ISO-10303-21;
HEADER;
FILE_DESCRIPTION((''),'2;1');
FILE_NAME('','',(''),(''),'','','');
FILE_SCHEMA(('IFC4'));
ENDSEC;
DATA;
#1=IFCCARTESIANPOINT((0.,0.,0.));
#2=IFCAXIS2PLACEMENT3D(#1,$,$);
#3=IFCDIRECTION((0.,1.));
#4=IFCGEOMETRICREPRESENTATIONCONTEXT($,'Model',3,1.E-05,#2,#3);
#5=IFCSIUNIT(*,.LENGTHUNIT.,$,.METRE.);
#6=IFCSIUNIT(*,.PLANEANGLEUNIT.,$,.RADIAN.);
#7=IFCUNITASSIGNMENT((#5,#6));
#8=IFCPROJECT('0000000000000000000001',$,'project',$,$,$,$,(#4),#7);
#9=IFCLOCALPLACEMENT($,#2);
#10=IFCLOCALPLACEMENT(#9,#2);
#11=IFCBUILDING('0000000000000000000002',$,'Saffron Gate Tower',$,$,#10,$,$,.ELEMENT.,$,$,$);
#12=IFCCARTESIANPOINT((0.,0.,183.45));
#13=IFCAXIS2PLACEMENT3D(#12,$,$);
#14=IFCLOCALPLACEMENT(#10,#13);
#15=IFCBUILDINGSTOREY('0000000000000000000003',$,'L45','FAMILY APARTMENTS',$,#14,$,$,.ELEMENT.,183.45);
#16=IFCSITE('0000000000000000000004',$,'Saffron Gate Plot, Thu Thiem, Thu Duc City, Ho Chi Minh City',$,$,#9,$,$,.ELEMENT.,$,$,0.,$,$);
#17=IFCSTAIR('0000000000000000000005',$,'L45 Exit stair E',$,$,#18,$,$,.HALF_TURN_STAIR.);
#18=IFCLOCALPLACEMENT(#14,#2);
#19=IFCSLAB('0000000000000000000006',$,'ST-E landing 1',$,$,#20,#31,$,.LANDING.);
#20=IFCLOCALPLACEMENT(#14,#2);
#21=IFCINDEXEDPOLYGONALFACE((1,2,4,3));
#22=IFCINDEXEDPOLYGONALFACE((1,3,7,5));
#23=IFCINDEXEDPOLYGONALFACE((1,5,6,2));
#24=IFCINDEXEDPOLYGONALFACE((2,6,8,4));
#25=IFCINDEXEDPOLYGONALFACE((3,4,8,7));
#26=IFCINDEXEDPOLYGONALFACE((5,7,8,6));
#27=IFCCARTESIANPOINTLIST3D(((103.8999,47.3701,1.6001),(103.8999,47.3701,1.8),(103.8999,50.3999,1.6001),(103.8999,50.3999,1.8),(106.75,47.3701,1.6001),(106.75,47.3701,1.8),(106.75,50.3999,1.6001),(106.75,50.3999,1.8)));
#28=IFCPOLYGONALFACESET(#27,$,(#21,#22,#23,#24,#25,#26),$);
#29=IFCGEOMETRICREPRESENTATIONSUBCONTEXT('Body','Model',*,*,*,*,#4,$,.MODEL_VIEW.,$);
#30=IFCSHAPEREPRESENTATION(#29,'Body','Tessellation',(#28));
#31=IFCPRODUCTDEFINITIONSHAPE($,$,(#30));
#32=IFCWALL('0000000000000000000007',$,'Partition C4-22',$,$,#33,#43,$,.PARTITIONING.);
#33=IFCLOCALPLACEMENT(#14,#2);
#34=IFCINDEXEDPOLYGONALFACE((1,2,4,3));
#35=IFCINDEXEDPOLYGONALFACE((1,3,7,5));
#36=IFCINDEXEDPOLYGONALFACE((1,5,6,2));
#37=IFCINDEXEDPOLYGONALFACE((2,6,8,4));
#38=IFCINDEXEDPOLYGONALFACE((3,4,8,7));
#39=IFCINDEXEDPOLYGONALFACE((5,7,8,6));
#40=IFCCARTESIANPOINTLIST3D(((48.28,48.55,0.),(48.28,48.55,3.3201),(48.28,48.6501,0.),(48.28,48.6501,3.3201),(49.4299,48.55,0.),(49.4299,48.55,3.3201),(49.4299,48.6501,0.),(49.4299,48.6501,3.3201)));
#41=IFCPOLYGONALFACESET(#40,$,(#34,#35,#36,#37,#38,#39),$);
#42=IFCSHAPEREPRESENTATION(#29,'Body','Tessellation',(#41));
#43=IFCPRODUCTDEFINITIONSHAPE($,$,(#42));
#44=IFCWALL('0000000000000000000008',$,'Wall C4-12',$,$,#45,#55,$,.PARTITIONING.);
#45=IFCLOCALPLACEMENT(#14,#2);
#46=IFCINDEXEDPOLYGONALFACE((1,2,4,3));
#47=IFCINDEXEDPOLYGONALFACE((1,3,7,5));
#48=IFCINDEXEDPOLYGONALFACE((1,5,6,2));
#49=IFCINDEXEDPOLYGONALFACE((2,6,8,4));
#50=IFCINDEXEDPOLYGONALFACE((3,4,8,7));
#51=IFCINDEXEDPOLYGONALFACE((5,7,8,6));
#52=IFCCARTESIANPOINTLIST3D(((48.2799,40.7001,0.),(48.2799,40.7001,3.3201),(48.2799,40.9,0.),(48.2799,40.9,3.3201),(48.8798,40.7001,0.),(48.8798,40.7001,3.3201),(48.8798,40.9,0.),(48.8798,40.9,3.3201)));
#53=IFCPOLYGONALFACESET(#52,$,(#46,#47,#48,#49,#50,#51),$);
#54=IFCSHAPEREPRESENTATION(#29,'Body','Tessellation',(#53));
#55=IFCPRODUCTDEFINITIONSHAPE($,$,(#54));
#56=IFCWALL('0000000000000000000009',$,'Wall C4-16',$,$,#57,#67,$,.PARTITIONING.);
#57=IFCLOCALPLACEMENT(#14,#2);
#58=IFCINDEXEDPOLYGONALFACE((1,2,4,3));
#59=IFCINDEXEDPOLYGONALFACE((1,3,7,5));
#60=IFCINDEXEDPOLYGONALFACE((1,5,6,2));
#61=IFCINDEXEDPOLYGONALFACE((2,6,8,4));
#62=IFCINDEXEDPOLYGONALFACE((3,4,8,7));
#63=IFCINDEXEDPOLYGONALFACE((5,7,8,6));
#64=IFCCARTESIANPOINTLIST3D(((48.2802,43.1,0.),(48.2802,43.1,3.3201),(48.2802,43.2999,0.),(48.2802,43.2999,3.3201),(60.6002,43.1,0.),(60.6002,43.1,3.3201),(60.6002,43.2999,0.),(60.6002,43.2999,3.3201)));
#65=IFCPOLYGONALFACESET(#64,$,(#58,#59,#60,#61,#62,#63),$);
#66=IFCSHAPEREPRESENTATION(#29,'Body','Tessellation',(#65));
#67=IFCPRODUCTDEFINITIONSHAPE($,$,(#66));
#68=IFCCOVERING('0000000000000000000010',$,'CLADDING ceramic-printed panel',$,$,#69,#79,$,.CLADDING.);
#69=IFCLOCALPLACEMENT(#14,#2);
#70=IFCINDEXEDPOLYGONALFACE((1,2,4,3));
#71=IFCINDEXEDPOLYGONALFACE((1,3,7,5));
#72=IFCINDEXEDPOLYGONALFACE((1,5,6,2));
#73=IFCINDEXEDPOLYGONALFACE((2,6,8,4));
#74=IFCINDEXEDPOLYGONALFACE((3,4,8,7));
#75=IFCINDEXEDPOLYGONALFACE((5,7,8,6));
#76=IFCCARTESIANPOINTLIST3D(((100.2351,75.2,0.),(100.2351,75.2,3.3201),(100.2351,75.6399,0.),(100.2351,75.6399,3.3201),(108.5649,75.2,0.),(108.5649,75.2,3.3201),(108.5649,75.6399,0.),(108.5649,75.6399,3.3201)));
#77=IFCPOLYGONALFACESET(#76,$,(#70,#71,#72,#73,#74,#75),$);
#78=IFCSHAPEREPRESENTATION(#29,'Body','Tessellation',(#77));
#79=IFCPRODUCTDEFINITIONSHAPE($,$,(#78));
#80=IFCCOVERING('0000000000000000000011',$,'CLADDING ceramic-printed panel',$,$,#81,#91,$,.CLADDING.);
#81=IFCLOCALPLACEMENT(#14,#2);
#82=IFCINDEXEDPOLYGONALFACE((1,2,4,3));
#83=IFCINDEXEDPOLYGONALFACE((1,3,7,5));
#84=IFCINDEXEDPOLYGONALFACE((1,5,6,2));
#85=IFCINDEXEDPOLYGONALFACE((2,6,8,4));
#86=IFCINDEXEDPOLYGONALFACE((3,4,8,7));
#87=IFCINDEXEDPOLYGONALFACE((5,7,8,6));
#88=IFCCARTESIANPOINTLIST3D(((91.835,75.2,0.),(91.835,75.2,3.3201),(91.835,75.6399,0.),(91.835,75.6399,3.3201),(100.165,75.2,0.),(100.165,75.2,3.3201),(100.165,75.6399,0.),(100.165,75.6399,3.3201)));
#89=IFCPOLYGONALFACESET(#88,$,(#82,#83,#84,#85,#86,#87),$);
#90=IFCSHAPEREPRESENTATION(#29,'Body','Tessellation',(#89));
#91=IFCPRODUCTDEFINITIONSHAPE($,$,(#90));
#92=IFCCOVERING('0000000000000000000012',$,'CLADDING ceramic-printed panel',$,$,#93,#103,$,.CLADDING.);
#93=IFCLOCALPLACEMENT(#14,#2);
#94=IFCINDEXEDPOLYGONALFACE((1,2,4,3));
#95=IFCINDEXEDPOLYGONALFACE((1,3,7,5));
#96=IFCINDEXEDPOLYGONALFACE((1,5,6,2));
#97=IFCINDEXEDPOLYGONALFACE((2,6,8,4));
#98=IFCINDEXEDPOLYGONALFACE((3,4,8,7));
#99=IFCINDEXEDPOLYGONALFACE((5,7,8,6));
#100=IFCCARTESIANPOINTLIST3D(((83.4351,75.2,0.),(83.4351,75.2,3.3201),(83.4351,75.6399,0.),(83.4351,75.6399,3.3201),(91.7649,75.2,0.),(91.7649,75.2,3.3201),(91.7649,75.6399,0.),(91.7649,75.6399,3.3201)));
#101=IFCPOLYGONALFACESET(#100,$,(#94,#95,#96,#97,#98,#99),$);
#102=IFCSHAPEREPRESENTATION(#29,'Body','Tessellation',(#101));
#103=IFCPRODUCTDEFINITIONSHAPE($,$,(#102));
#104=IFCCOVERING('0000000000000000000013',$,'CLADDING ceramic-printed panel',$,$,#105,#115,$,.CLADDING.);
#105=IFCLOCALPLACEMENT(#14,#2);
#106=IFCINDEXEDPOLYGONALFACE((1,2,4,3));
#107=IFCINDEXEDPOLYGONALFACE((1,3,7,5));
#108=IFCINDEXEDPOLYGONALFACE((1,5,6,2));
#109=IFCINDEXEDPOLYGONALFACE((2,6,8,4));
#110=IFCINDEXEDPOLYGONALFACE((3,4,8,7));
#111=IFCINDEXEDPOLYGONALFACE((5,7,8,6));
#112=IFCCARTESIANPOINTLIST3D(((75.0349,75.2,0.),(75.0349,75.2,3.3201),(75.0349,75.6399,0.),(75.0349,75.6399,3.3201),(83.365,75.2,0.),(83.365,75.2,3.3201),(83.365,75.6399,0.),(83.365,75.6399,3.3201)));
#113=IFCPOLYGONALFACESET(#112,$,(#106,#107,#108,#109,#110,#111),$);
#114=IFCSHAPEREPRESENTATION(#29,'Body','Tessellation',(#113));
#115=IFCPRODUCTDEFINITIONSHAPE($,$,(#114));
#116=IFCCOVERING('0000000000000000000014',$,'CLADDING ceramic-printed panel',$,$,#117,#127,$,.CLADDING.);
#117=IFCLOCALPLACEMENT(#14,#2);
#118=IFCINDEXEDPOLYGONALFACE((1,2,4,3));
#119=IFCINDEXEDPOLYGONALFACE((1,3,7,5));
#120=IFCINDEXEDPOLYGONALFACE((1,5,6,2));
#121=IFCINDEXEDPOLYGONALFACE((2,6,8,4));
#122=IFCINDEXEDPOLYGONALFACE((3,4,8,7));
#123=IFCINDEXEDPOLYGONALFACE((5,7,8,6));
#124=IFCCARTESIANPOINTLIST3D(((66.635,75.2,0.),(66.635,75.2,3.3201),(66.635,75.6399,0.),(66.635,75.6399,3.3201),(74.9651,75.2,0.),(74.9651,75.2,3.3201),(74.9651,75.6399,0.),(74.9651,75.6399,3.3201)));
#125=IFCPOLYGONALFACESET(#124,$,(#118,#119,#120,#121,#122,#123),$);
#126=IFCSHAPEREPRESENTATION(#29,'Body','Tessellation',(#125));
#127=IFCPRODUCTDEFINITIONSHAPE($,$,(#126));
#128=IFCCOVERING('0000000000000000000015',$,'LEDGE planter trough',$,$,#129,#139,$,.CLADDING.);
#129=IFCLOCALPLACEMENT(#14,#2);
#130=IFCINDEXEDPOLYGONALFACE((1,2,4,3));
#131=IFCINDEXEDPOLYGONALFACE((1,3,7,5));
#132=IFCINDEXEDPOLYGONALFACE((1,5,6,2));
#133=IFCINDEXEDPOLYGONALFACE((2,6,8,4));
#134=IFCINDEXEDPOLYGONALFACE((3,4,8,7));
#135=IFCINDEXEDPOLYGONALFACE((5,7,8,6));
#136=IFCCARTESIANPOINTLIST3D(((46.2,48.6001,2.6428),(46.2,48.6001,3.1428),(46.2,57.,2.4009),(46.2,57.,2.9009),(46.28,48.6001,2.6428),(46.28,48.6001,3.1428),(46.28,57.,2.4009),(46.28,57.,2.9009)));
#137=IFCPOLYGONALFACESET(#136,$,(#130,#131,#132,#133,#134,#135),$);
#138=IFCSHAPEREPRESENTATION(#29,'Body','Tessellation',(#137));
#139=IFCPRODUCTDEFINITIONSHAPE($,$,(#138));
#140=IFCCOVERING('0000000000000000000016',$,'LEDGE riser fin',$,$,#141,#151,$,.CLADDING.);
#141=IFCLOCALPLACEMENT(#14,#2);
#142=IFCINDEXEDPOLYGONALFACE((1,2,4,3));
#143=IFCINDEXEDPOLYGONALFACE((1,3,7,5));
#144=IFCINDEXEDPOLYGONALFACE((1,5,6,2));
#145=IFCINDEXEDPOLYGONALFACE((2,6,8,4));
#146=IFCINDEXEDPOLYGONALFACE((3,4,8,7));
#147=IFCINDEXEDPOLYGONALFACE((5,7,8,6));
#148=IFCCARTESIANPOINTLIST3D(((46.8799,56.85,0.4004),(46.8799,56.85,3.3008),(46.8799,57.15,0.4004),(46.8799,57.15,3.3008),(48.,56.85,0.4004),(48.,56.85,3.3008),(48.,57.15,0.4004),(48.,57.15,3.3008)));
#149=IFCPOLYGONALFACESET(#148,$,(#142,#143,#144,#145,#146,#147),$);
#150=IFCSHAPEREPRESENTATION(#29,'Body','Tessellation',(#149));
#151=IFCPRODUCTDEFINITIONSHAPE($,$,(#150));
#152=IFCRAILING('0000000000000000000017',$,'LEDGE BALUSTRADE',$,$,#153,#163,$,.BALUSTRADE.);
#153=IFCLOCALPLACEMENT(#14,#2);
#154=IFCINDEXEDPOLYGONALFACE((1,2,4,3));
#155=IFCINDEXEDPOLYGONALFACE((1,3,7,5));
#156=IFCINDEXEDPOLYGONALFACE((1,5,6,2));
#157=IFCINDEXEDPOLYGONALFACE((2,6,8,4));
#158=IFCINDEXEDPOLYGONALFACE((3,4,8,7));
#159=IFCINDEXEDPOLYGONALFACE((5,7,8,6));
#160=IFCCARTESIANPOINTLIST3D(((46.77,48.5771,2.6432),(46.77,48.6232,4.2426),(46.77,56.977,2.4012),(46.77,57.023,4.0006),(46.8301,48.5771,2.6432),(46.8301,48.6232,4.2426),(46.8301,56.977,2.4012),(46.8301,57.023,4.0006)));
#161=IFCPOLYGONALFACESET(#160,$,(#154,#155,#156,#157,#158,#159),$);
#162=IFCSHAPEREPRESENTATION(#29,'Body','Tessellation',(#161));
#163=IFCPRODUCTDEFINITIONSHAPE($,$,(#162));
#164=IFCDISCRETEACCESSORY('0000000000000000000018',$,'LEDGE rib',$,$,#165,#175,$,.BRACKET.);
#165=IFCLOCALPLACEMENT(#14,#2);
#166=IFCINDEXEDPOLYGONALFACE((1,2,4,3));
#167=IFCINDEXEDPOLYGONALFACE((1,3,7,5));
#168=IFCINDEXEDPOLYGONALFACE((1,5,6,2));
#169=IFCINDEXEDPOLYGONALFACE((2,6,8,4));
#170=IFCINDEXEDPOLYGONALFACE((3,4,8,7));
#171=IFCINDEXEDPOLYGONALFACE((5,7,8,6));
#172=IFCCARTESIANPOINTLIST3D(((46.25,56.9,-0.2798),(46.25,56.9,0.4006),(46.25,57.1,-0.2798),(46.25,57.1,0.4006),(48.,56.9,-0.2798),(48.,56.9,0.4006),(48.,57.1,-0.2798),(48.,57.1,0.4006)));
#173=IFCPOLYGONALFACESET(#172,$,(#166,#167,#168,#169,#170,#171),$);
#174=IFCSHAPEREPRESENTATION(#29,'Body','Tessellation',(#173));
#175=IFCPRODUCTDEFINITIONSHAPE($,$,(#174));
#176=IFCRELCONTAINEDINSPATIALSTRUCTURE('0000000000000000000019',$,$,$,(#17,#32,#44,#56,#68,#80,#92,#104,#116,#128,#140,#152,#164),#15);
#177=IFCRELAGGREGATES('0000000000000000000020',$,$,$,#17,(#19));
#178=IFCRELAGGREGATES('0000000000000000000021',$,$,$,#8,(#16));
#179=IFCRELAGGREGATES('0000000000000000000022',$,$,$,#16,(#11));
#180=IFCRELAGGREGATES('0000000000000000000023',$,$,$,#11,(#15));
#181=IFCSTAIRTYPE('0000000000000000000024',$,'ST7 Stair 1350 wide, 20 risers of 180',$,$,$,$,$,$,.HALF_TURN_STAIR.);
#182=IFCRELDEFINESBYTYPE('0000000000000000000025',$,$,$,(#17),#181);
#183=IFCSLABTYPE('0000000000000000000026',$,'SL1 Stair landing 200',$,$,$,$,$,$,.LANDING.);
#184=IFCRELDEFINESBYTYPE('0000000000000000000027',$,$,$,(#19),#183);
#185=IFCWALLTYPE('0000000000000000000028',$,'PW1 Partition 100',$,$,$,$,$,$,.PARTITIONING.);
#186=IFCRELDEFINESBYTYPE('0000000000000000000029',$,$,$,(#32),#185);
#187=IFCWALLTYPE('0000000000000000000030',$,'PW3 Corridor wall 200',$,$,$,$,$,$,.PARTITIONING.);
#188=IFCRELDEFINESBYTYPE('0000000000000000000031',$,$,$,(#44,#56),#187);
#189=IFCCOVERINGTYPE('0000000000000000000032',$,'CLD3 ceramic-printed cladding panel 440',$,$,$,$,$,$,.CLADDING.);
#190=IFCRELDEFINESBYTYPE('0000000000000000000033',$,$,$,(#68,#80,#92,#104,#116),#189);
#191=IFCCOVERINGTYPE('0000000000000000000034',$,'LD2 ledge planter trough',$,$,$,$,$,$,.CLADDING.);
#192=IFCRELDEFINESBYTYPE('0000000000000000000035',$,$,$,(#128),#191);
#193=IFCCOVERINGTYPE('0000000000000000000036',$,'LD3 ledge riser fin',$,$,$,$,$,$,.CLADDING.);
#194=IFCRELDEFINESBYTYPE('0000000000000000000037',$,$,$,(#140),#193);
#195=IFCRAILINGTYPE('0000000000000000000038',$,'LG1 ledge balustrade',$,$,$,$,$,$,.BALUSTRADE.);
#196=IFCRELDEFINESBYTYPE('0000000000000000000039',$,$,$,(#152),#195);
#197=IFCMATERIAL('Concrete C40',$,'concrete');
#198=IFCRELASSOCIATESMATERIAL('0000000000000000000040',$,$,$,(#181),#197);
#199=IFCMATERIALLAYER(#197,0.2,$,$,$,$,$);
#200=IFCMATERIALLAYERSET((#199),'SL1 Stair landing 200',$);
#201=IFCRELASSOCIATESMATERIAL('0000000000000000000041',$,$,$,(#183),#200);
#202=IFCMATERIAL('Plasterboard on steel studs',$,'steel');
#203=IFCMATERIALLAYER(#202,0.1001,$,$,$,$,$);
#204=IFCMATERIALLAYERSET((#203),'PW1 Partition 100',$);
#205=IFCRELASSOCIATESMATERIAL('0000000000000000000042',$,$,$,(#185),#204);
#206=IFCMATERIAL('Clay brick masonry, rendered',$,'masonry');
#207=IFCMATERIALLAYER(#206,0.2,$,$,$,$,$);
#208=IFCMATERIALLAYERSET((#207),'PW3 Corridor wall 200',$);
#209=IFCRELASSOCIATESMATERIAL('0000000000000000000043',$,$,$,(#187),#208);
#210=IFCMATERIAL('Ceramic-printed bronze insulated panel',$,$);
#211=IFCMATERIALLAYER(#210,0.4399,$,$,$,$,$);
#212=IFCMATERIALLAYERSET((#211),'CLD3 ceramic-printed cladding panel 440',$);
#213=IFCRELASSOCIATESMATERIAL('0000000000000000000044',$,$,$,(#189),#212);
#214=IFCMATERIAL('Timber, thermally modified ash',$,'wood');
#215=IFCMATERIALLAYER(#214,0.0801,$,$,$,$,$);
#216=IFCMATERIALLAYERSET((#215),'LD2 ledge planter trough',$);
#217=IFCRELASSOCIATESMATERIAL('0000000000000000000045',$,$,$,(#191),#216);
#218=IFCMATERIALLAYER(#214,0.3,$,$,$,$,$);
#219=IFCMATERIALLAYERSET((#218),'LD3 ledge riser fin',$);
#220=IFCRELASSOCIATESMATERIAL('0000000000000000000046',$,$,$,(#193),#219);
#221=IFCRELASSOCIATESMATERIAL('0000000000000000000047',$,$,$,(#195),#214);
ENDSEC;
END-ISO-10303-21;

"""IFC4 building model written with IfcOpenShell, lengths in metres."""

from ifc_helpers import new_model, si_unit, direction, frame, frame_2d, origin, origin_2d, place, context, subcontext, project, spatial, polyline, rectangle, outline, extrude, material, layer, layer_set, type_object, element, aggregate, save


model = new_model("IFC4")

# Units and contexts
model_context = context("Model", 3, precision=1e-05, world=origin(), true_north=direction((0.0, 1.0)))
body_context = subcontext(model_context, "Body", "Model", "MODEL_VIEW")
ifc_project = project(units=[si_unit("LENGTHUNIT", "METRE"), si_unit("PLANEANGLEUNIT", "RADIAN")], contexts=[model_context])

# Site, building, storey
site_placement = place(None, origin())
site = spatial("IfcSite", under=ifc_project, at=site_placement, Name="Saffron Gate Plot, Thu Thiem, Thu Duc City, Ho Chi Minh City", CompositionType="ELEMENT", RefElevation=0.0)
building_placement = place(site_placement, origin())
building = spatial("IfcBuilding", under=site, at=building_placement, Name="Saffron Gate Tower", CompositionType="ELEMENT")
storey_placement = place(building_placement, frame((0.0, 0.0, 183.45)))
storey = spatial("IfcBuildingStorey", under=building, at=storey_placement, Name="L45", Description="FAMILY APARTMENTS", CompositionType="ELEMENT", Elevation=183.45)

# Shared definitions
ifc_material_1 = material(Name="Concrete C40", Category="concrete")

# Stair, slab
stair_type = type_object("IfcStairType", Name="ST7 Stair 1350 wide, 20 risers of 180", PredefinedType="HALF_TURN_STAIR", material=ifc_material_1)
ifc_layer_1 = layer(ifc_material_1, 0.2)
ifc_layer_set_1 = layer_set([ifc_layer_1], Name="SL1 Stair landing 200")
slab_type_1 = type_object("IfcSlabType", Name="SL1 Stair landing 200", PredefinedType="LANDING", material=ifc_layer_set_1)
stair_1_placement = place(storey_placement, origin())
stair_1 = element("IfcStair", 1, at=stair_1_placement, inside=storey, type_object=stair_type, Name="L45 Exit stair E", PredefinedType="HALF_TURN_STAIR")
slab_1_placement = place(storey_placement, frame((0.0, 0.0, 1.6001)))
slab_1 = element("IfcSlab", 2, at=slab_1_placement, type_object=slab_type_1, Name="ST-E landing 1", PredefinedType="LANDING", context=body_context, shape_type="SweptSolid", body=[
    extrude(outline(polyline([(106.75, 47.3701), (106.75, 50.3999), (103.8999, 50.3999), (103.8999, 47.3701), (106.75, 47.3701)])), origin(), (0.0, 0.0, 1.0), 0.2),
])
aggregate(stair_1, [slab_1])

# Walls
ifc_material_2 = material(Name="Plasterboard on steel studs", Category="steel")
ifc_layer_2 = layer(ifc_material_2, 0.1001)
ifc_layer_set_2 = layer_set([ifc_layer_2], Name="PW1 Partition 100")
wall_type_1 = type_object("IfcWallType", Name="PW1 Partition 100", PredefinedType="PARTITIONING", material=ifc_layer_set_2)
wall_1_placement = place(storey_placement, frame((48.28, 48.6001, 0.0), z_axis=(0.0, 0.0, 1.0), x_axis=(1.0, 0.0, 0.0)))
element("IfcWall", 3, at=wall_1_placement, inside=storey, type_object=wall_type_1, Name="Partition C4-22", PredefinedType="PARTITIONING", context=body_context, shape_type="SweptSolid", body=[
    extrude(rectangle(XDim=1.1499, YDim=0.1001, at=frame_2d((0.575, 0.0))), origin(), (0.0, 0.0, 1.0), 3.3201),
])
ifc_material_3 = material(Name="Clay brick masonry, rendered", Category="masonry")
ifc_layer_3 = layer(ifc_material_3, 0.2)
ifc_layer_set_3 = layer_set([ifc_layer_3], Name="PW3 Corridor wall 200")
wall_type_2 = type_object("IfcWallType", Name="PW3 Corridor wall 200", PredefinedType="PARTITIONING", material=ifc_layer_set_3)
wall_2_placement = place(storey_placement, frame((48.28, 40.8, 0.0), z_axis=(0.0, 0.0, 1.0), x_axis=(1.0, 0.0, 0.0)))
element("IfcWall", 4, at=wall_2_placement, inside=storey, type_object=wall_type_2, Name="Wall C4-12", PredefinedType="PARTITIONING", context=body_context, shape_type="SweptSolid", body=[
    extrude(rectangle(XDim=0.5999, YDim=0.2, at=frame_2d((0.2998, 0.0))), origin(), (0.0, 0.0, 1.0), 3.3201),
])
wall_3_placement = place(storey_placement, frame((48.28, 43.2, 0.0), z_axis=(0.0, 0.0, 1.0), x_axis=(1.0, 0.0, 0.0)))
element("IfcWall", 5, at=wall_3_placement, inside=storey, type_object=wall_type_2, Name="Wall C4-16", PredefinedType="PARTITIONING", context=body_context, shape_type="SweptSolid", body=[
    extrude(rectangle(XDim=12.3201, YDim=0.2, at=frame_2d((6.1602, 0.0))), origin(), (0.0, 0.0, 1.0), 3.3201),
])

# Coverings
ifc_material_4 = material(Name="Ceramic-printed bronze insulated panel")
ifc_layer_4 = layer(ifc_material_4, 0.4399)
ifc_layer_set_4 = layer_set([ifc_layer_4], Name="CLD3 ceramic-printed cladding panel 440")
covering_type_1 = type_object("IfcCoveringType", Name="CLD3 ceramic-printed cladding panel 440", PredefinedType="CLADDING", material=ifc_layer_set_4)
covering_1_placement = place(storey_placement, origin())
element("IfcCovering", 6, at=covering_1_placement, inside=storey, type_object=covering_type_1, Name="CLADDING ceramic-printed panel", PredefinedType="CLADDING", context=body_context, shape_type="SweptSolid", body=[
    extrude(outline(polyline([(108.5649, 75.6399), (100.2351, 75.6399), (100.2351, 75.2), (108.5649, 75.2), (108.5649, 75.6399)])), origin(), (0.0, 0.0, 1.0), 3.3201),
])
covering_2_placement = place(storey_placement, origin())
element("IfcCovering", 7, at=covering_2_placement, inside=storey, type_object=covering_type_1, Name="CLADDING ceramic-printed panel", PredefinedType="CLADDING", context=body_context, shape_type="SweptSolid", body=[
    extrude(outline(polyline([(100.165, 75.6399), (91.835, 75.6399), (91.835, 75.2), (100.165, 75.2), (100.165, 75.6399)])), origin(), (0.0, 0.0, 1.0), 3.3201),
])
covering_3_placement = place(storey_placement, origin())
element("IfcCovering", 8, at=covering_3_placement, inside=storey, type_object=covering_type_1, Name="CLADDING ceramic-printed panel", PredefinedType="CLADDING", context=body_context, shape_type="SweptSolid", body=[
    extrude(outline(polyline([(91.7649, 75.6399), (83.4351, 75.6399), (83.4351, 75.2), (91.7649, 75.2), (91.7649, 75.6399)])), origin(), (0.0, 0.0, 1.0), 3.3201),
])
covering_4_placement = place(storey_placement, origin())
element("IfcCovering", 9, at=covering_4_placement, inside=storey, type_object=covering_type_1, Name="CLADDING ceramic-printed panel", PredefinedType="CLADDING", context=body_context, shape_type="SweptSolid", body=[
    extrude(outline(polyline([(83.365, 75.6399), (75.0349, 75.6399), (75.0349, 75.2), (83.365, 75.2), (83.365, 75.6399)])), origin(), (0.0, 0.0, 1.0), 3.3201),
])
covering_5_placement = place(storey_placement, origin())
element("IfcCovering", 10, at=covering_5_placement, inside=storey, type_object=covering_type_1, Name="CLADDING ceramic-printed panel", PredefinedType="CLADDING", context=body_context, shape_type="SweptSolid", body=[
    extrude(outline(polyline([(74.9651, 75.6399), (66.635, 75.6399), (66.635, 75.2), (74.9651, 75.2), (74.9651, 75.6399)])), origin(), (0.0, 0.0, 1.0), 3.3201),
])
ifc_material_5 = material(Name="Timber, thermally modified ash", Category="wood")
ifc_layer_5 = layer(ifc_material_5, 0.0801)
ifc_layer_set_5 = layer_set([ifc_layer_5], Name="LD2 ledge planter trough")
covering_type_2 = type_object("IfcCoveringType", Name="LD2 ledge planter trough", PredefinedType="CLADDING", material=ifc_layer_set_5)
covering_6_placement = place(storey_placement, frame((46.2, 57.0, 2.4009), z_axis=(-1.0, 0.0, 0.0), x_axis=(0.0, -0.999585, 0.028791)))
element("IfcCovering", 11, at=covering_6_placement, inside=storey, type_object=covering_type_2, Name="LEDGE planter trough", PredefinedType="CLADDING", context=body_context, shape_type="SweptSolid", body=[
    extrude(outline(polyline([(0.0, 0.0), (8.4034, 0.0), (8.4178, 0.4998), (0.0144, 0.4998), (0.0, 0.0)])), origin(), (0.0, 0.0, -1.0), 0.0801),
])
ifc_layer_6 = layer(ifc_material_5, 0.3)
ifc_layer_set_6 = layer_set([ifc_layer_6], Name="LD3 ledge riser fin")
covering_type_3 = type_object("IfcCoveringType", Name="LD3 ledge riser fin", PredefinedType="CLADDING", material=ifc_layer_set_6)
covering_7_placement = place(storey_placement, frame((47.4399, 57.0, 0.4004), z_axis=(0.0, 0.0, 1.0), x_axis=(0.0, -1.0, 0.0)))
element("IfcCovering", 12, at=covering_7_placement, inside=storey, type_object=covering_type_3, Name="LEDGE riser fin", PredefinedType="CLADDING", context=body_context, shape_type="SweptSolid", body=[
    extrude(rectangle(XDim=0.3, YDim=1.1201, at=origin_2d()), origin(), (0.0, 0.0, 1.0), 2.9004),
])

# Railing
railing_type = type_object("IfcRailingType", Name="LG1 ledge balustrade", PredefinedType="BALUSTRADE", material=ifc_material_5)
railing_placement = place(storey_placement, frame((46.8, 57.0, 2.4009)))
element("IfcRailing", 13, at=railing_placement, inside=storey, type_object=railing_type, Name="LEDGE BALUSTRADE", PredefinedType="BALUSTRADE", context=body_context, shape_type="SweptSolid", body=[
    extrude(rectangle(XDim=0.0601, YDim=1.6001, at=origin_2d()), frame((0.0, 0.0, 0.8), z_axis=(0.0, -0.999585, 0.028791), x_axis=(1.0, 0.0, 0.0)), (0.0, 0.0, 1.0), 8.4033),
])

# Discrete accessory
discrete_accessory_placement = place(storey_placement, frame((47.125, 57.0, -0.2798), z_axis=(0.0, 0.0, 1.0), x_axis=(0.0, -1.0, 0.0)))
element("IfcDiscreteAccessory", 14, at=discrete_accessory_placement, inside=storey, Name="LEDGE rib", PredefinedType="BRACKET", context=body_context, shape_type="SweptSolid", body=[
    extrude(rectangle(XDim=0.2, YDim=1.75, at=origin_2d()), origin(), (0.0, 0.0, 1.0), 0.6804),
])

save(model, "model.ifc")
